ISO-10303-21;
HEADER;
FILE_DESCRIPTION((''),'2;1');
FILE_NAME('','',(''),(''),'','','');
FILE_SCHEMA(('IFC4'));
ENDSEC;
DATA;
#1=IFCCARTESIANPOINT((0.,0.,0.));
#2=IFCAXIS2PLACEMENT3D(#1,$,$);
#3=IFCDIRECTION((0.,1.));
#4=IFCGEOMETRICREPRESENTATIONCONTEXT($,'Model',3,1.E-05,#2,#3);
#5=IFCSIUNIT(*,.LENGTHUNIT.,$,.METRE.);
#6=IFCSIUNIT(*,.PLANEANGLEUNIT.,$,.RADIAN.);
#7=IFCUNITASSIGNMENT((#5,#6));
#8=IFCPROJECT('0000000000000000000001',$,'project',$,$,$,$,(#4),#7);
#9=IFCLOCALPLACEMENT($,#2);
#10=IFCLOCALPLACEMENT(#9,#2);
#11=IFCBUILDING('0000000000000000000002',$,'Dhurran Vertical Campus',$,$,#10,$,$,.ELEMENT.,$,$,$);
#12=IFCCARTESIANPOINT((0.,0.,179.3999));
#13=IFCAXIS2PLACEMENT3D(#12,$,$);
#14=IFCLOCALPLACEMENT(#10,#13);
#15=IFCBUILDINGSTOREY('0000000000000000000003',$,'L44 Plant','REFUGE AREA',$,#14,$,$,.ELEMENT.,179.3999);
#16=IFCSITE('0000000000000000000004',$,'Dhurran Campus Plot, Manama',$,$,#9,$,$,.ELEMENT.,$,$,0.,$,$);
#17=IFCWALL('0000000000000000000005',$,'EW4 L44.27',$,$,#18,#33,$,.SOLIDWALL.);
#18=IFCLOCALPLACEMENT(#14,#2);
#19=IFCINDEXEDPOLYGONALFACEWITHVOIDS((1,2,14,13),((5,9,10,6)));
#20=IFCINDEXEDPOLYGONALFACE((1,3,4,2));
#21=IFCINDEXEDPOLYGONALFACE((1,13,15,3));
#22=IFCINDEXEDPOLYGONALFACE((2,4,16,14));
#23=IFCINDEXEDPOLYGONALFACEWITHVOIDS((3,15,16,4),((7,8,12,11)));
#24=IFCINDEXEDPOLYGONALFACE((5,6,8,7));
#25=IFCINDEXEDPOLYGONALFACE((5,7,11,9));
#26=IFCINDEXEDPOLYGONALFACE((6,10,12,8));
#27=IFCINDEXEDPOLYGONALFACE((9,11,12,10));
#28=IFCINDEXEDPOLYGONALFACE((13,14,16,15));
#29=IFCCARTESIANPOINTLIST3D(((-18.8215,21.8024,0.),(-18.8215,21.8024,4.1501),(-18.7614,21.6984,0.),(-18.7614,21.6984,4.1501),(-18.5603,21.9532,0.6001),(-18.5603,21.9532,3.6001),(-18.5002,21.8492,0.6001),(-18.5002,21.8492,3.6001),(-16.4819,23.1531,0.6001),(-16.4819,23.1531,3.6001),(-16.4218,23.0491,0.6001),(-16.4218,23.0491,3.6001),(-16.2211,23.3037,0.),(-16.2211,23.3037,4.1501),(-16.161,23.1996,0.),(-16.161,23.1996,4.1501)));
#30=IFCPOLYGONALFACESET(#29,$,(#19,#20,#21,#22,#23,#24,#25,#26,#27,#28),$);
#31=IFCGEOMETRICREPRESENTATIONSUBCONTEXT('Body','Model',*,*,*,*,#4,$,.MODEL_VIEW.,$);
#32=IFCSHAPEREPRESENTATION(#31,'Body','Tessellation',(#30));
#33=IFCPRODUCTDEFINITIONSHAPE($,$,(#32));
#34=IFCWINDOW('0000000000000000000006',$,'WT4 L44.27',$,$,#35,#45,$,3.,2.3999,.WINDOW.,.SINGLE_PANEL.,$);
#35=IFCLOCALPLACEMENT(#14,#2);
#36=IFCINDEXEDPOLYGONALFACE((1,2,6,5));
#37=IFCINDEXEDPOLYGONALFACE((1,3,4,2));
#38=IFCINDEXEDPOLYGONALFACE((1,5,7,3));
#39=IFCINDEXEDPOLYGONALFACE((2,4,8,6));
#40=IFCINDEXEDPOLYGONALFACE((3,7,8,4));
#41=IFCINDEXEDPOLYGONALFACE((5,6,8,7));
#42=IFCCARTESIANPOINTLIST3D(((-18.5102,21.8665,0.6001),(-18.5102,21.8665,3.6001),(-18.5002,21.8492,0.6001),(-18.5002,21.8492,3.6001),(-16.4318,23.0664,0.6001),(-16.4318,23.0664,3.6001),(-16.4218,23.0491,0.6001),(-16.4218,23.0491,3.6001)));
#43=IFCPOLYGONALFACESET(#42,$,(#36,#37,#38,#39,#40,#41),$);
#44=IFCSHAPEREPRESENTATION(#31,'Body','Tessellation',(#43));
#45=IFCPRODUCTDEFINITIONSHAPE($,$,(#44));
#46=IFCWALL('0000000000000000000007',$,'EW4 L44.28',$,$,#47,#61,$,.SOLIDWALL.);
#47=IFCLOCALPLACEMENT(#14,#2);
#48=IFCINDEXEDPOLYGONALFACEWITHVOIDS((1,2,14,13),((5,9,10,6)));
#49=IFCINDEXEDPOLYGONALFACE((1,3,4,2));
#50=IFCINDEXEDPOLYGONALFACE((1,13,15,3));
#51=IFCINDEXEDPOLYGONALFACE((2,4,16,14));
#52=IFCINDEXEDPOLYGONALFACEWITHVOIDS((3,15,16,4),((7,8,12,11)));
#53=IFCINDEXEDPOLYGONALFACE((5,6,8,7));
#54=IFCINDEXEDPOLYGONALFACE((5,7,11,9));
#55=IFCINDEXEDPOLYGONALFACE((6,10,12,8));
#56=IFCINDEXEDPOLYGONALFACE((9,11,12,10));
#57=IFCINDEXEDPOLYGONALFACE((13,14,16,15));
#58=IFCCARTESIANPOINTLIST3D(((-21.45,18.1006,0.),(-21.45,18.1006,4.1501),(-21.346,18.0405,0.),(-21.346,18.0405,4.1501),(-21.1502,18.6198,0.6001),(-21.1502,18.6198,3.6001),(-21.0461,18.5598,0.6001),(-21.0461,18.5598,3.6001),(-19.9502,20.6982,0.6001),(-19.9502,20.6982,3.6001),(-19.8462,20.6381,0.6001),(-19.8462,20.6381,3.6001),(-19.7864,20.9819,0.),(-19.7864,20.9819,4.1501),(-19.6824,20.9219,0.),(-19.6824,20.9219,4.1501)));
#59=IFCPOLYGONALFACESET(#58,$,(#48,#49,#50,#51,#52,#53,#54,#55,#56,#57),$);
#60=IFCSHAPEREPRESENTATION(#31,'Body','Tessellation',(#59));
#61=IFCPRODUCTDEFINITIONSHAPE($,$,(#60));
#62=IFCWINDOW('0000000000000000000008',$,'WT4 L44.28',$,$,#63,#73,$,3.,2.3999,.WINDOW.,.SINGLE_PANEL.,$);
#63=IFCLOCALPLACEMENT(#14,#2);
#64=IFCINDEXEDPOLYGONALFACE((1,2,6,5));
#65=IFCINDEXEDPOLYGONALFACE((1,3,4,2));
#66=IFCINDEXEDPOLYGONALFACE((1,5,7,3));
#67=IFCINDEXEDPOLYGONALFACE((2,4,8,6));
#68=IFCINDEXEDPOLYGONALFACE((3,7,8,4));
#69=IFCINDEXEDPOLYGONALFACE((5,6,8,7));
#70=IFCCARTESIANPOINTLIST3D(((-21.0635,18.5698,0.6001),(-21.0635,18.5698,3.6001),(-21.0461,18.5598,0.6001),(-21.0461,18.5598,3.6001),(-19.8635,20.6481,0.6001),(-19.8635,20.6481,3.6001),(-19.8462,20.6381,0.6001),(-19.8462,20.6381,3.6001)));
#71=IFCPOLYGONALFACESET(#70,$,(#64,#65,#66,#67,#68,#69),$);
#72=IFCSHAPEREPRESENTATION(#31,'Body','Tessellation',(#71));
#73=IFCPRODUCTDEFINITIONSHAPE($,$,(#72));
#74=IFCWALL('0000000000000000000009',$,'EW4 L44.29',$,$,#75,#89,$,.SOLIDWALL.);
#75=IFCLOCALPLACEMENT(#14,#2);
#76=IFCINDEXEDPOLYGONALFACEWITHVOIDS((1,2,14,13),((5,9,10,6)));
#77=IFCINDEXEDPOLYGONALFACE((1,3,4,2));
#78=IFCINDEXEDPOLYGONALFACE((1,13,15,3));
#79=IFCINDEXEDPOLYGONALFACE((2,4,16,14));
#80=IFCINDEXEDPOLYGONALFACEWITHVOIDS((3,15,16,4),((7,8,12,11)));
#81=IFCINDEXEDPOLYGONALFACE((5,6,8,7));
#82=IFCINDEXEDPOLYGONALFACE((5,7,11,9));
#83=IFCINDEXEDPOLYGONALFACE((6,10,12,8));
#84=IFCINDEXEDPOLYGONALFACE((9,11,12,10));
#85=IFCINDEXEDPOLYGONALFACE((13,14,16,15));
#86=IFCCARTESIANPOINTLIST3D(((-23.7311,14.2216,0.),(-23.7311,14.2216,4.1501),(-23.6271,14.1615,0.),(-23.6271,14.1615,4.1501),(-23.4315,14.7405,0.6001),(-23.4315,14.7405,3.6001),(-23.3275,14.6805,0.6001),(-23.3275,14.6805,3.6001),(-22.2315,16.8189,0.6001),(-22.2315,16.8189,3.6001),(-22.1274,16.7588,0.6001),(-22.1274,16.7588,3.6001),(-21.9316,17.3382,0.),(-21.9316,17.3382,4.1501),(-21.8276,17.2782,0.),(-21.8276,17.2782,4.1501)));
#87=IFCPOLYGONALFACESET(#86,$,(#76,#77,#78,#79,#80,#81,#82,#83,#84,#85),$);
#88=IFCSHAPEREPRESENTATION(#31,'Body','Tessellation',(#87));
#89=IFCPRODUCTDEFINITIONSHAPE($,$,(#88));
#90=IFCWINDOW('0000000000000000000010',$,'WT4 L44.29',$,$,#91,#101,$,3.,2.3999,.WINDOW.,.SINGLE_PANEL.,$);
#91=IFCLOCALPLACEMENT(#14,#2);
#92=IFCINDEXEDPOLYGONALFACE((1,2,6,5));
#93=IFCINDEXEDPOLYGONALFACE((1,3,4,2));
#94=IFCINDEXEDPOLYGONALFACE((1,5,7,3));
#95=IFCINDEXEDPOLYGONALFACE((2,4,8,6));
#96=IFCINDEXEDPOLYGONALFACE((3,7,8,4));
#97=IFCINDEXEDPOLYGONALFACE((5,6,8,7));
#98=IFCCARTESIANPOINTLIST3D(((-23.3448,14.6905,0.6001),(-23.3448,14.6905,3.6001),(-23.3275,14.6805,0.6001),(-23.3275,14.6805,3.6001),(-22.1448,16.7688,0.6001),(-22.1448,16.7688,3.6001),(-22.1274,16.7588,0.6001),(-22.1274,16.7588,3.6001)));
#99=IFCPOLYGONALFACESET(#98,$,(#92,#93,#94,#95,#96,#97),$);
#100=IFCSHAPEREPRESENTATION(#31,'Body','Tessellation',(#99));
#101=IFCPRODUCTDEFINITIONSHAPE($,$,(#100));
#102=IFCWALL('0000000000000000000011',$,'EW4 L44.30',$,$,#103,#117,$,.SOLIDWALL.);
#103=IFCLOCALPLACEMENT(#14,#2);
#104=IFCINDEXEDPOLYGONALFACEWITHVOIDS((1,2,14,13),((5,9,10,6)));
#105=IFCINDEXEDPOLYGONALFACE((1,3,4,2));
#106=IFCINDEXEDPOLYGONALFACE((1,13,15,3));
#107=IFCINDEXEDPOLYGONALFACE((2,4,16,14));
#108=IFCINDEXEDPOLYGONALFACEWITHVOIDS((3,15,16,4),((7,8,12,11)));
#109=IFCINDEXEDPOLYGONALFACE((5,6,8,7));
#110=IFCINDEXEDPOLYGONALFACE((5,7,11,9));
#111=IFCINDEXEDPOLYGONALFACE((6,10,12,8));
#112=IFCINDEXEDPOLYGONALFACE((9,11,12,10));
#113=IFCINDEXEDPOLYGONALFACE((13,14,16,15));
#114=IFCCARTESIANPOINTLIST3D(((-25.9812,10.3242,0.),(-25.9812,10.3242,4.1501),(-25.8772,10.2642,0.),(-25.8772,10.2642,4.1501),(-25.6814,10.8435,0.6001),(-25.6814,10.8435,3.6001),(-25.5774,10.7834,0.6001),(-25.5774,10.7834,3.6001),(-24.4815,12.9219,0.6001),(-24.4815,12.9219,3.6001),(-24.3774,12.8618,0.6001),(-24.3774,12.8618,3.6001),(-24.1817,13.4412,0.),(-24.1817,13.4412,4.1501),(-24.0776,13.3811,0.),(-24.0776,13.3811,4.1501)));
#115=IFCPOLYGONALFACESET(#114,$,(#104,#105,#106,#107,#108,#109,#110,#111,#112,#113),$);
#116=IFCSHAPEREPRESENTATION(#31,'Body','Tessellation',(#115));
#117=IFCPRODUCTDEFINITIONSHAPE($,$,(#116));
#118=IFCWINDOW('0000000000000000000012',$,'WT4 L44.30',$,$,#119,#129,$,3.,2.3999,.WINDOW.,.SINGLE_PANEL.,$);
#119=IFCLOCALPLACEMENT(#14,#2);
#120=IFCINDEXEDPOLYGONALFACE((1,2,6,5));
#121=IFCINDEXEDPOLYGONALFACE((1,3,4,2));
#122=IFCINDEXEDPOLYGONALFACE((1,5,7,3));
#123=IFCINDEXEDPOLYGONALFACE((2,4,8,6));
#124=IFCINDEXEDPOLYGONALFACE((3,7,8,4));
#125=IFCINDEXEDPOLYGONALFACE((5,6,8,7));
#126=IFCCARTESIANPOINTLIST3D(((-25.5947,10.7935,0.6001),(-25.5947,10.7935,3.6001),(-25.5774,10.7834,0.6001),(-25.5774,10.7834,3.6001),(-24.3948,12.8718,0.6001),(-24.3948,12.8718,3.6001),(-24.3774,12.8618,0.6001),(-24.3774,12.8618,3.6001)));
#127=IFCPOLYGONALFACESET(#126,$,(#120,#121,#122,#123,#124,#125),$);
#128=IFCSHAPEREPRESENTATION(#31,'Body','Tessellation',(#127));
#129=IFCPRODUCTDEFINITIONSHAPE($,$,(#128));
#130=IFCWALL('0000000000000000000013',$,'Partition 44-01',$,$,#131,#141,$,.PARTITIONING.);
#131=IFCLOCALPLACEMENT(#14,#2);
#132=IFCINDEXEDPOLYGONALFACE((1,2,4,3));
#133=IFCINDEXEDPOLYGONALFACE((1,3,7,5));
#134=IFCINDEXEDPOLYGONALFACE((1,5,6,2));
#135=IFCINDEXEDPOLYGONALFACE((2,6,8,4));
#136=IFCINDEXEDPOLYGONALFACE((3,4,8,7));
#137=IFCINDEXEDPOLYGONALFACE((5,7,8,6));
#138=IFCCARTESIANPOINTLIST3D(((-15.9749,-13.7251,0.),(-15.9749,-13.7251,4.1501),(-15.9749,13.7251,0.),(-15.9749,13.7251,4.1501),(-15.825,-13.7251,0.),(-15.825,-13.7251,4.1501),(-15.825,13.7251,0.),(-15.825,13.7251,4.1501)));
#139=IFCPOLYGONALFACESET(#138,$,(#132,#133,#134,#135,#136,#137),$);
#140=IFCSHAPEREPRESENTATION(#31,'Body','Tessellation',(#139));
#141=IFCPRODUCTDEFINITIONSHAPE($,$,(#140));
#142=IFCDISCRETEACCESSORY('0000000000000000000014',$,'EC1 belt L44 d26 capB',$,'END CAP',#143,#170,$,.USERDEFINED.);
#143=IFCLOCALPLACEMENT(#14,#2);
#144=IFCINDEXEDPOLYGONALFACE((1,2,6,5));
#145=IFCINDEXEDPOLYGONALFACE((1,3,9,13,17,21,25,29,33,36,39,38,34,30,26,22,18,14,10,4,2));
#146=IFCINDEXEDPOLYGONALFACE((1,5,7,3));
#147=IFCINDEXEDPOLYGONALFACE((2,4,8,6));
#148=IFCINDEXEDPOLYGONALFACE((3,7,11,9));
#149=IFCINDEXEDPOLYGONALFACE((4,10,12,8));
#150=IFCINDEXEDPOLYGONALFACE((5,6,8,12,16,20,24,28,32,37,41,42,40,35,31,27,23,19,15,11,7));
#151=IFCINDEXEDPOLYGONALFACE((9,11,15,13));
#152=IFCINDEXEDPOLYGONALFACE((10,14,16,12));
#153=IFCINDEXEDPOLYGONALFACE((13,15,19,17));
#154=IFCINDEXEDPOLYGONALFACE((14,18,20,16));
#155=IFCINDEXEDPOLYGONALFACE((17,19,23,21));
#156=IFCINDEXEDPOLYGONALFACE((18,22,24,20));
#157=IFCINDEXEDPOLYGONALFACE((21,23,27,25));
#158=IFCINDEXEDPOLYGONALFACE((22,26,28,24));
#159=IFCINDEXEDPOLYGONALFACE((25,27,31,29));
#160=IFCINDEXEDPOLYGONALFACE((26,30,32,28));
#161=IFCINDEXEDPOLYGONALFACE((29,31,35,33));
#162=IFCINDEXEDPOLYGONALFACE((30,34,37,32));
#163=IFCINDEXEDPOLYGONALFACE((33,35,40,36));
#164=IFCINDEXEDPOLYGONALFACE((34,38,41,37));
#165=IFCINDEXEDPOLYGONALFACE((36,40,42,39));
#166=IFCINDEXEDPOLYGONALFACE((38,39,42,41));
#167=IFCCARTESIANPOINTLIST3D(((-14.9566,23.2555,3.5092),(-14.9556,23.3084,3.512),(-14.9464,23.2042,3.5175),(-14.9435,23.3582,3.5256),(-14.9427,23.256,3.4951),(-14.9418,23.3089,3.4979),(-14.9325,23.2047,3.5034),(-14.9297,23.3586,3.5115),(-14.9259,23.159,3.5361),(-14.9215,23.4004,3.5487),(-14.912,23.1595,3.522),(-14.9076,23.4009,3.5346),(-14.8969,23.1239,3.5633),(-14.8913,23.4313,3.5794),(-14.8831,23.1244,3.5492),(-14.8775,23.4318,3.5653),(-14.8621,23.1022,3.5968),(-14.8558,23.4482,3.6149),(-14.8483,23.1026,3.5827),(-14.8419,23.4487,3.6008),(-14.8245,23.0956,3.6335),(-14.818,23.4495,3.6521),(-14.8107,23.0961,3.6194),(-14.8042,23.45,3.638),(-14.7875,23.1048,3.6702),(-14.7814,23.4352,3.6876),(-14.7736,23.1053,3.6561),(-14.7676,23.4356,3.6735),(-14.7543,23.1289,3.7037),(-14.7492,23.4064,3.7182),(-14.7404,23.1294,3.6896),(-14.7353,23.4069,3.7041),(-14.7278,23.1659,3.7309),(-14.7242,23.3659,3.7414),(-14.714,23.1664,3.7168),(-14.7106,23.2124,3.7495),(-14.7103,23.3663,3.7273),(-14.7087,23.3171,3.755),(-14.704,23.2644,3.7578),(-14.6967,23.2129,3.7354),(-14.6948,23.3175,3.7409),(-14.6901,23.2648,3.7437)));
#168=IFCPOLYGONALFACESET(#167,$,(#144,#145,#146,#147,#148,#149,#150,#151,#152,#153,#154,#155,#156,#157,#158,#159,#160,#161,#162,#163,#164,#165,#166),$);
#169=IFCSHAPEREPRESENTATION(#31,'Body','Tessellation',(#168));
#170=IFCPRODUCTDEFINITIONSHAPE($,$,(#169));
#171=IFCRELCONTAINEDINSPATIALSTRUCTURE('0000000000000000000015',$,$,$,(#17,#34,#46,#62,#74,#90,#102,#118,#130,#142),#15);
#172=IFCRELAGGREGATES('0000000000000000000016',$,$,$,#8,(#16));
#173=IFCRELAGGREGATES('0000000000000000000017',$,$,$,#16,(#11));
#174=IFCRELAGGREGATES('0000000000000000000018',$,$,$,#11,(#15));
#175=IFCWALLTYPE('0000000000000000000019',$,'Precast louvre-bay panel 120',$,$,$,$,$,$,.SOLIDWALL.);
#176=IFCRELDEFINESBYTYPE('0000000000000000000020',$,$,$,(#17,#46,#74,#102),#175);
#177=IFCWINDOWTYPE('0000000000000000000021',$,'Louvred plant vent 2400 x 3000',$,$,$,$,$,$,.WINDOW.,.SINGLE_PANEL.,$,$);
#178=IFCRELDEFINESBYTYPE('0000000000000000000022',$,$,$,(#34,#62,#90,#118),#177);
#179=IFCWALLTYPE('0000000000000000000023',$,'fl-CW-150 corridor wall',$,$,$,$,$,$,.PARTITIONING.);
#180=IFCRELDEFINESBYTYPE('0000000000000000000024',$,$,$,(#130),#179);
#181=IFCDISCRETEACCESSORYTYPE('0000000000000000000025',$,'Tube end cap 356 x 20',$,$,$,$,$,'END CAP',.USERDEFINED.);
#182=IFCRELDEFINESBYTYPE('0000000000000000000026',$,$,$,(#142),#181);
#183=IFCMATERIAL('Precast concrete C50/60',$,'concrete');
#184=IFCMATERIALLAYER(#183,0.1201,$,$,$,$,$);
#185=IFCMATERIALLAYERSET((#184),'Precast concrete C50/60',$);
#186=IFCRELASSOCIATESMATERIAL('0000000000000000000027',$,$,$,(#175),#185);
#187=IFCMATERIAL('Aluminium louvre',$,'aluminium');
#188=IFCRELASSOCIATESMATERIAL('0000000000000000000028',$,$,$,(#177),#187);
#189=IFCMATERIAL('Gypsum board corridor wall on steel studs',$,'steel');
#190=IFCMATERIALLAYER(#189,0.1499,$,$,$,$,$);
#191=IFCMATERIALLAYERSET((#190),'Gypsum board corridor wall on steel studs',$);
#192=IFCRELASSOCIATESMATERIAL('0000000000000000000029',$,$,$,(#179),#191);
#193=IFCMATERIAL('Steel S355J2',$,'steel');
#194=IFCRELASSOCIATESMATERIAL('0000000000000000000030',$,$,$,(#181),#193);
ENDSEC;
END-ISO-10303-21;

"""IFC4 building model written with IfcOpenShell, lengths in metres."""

from ifc_helpers import new_model, si_unit, direction, frame, frame_2d, origin, origin_2d, place, context, subcontext, project, spatial, rectangle, circle, extrude, material, layer, layer_set, material_profile, profile_set, type_object, element, fill, save


model = new_model("IFC4")

# Units and contexts
model_context = context("Model", 3, precision=1e-05, world=origin(), true_north=direction((0.0, 1.0)))
body_context = subcontext(model_context, "Body", "Model", "MODEL_VIEW")
ifc_project = project(units=[si_unit("LENGTHUNIT", "METRE"), si_unit("PLANEANGLEUNIT", "RADIAN")], contexts=[model_context])

# Site, building, storey
site_placement = place(None, origin())
site = spatial("IfcSite", under=ifc_project, at=site_placement, Name="Dhurran Campus Plot, Manama", CompositionType="ELEMENT", RefElevation=0.0)
building_placement = place(site_placement, origin())
building = spatial("IfcBuilding", under=site, at=building_placement, Name="Dhurran Vertical Campus", CompositionType="ELEMENT")
storey_placement = place(building_placement, frame((0.0, 0.0, 179.3999)))
storey = spatial("IfcBuildingStorey", under=building, at=storey_placement, Name="L44 Plant", Description="REFUGE AREA", CompositionType="ELEMENT", Elevation=179.3999)

# Walls, openings, windows
ifc_material_1 = material(Name="Precast concrete C50/60", Category="concrete")
ifc_layer_1 = layer(ifc_material_1, 0.1201)
ifc_layer_set_1 = layer_set([ifc_layer_1], Name="Precast concrete C50/60")
wall_type_1 = type_object("IfcWallType", Name="Precast louvre-bay panel 120", PredefinedType="SOLIDWALL", material=ifc_layer_set_1)
wall_1_placement = place(storey_placement, frame((-16.1909, 23.2517, 0.0), z_axis=(0.0, 0.0, 1.0), x_axis=(-0.866038, -0.499978, 0.0)))
wall_1 = element("IfcWall", 1, at=wall_1_placement, inside=storey, type_object=wall_type_1, Name="EW4 L44.27", PredefinedType="SOLIDWALL", context=body_context, shape_type="SweptSolid", body=[
    extrude(rectangle(XDim=3.0027, YDim=0.1201, at=frame_2d((1.5015, 0.0))), origin(), (0.0, 0.0, 1.0), 4.1501),
])
opening_1_placement = place(wall_1_placement, frame((0.3013, 0.0, 0.6001)))
opening_1 = element("IfcOpeningElement", 2, at=opening_1_placement, cuts=wall_1, PredefinedType="OPENING", context=body_context, shape_type="SweptSolid", body=[
    extrude(rectangle(XDim=2.3999, YDim=3.0, at=frame_2d((1.2, 1.5))), frame((0.0, 0.0701, 0.0), z_axis=(0.0, -1.0, 0.0), x_axis=(1.0, 0.0, 0.0)), (0.0, 0.0, 1.0), 0.1401),
])
ifc_material_2 = material(Name="Aluminium louvre", Category="aluminium")
window_type = type_object("IfcWindowType", Name="Louvred plant vent 2400 x 3000", PartitioningType="SINGLE_PANEL", PredefinedType="WINDOW", material=ifc_material_2)
window_1_placement = place(opening_1_placement, origin())
window_1 = element("IfcWindow", 3, at=window_1_placement, inside=storey, type_object=window_type, Name="WT4 L44.27", OverallHeight=3.0, OverallWidth=2.3999, PartitioningType="SINGLE_PANEL", PredefinedType="WINDOW", context=body_context, shape_type="SweptSolid", body=[
    extrude(rectangle(XDim=2.3999, YDim=3.0, at=frame_2d((1.2, 1.5))), frame((0.0, 0.0601, 0.0), z_axis=(0.0, -1.0, 0.0), x_axis=(1.0, 0.0, 0.0)), (0.0, 0.0, 1.0), 0.02),
])
fill(opening_1, window_1)
wall_2_placement = place(storey_placement, frame((-19.7344, 20.9519, 0.0), z_axis=(0.0, 0.0, 1.0), x_axis=(-0.500006, -0.866022, 0.0)))
wall_2 = element("IfcWall", 4, at=wall_2_placement, inside=storey, type_object=wall_type_1, Name="EW4 L44.28", PredefinedType="SOLIDWALL", context=body_context, shape_type="SweptSolid", body=[
    extrude(rectangle(XDim=3.3271, YDim=0.1201, at=frame_2d((1.6636, 0.0))), origin(), (0.0, 0.0, 1.0), 4.1501),
])
opening_2_placement = place(wall_2_placement, frame((0.3276, 0.0, 0.6001)))
opening_2 = element("IfcOpeningElement", 5, at=opening_2_placement, cuts=wall_2, PredefinedType="OPENING", context=body_context, shape_type="SweptSolid", body=[
    extrude(rectangle(XDim=2.3999, YDim=3.0, at=frame_2d((1.2, 1.5))), frame((0.0, 0.0701, 0.0), z_axis=(0.0, -1.0, 0.0), x_axis=(1.0, 0.0, 0.0)), (0.0, 0.0, 1.0), 0.1401),
])
window_2_placement = place(opening_2_placement, origin())
window_2 = element("IfcWindow", 6, at=window_2_placement, inside=storey, type_object=window_type, Name="WT4 L44.28", OverallHeight=3.0, OverallWidth=2.3999, PartitioningType="SINGLE_PANEL", PredefinedType="WINDOW", context=body_context, shape_type="SweptSolid", body=[
    extrude(rectangle(XDim=2.3999, YDim=3.0, at=frame_2d((1.2, 1.5))), frame((0.0, 0.0601, 0.0), z_axis=(0.0, -1.0, 0.0), x_axis=(1.0, 0.0, 0.0)), (0.0, 0.0, 1.0), 0.02),
])
fill(opening_2, window_2)
wall_3_placement = place(storey_placement, frame((-21.8796, 17.3081, 0.0), z_axis=(0.0, 0.0, 1.0), x_axis=(-0.500028, -0.866009, 0.0)))
wall_3 = element("IfcWall", 7, at=wall_3_placement, inside=storey, type_object=wall_type_1, Name="EW4 L44.29", PredefinedType="SOLIDWALL", context=body_context, shape_type="SweptSolid", body=[
    extrude(rectangle(XDim=3.5989, YDim=0.1201, at=frame_2d((1.7993, 0.0))), origin(), (0.0, 0.0, 1.0), 4.1501),
])
opening_3_placement = place(wall_3_placement, frame((0.5996, 0.0, 0.6001)))
opening_3 = element("IfcOpeningElement", 8, at=opening_3_placement, cuts=wall_3, PredefinedType="OPENING", context=body_context, shape_type="SweptSolid", body=[
    extrude(rectangle(XDim=2.3999, YDim=3.0, at=frame_2d((1.2, 1.5))), frame((0.0, 0.0701, 0.0), z_axis=(0.0, -1.0, 0.0), x_axis=(1.0, 0.0, 0.0)), (0.0, 0.0, 1.0), 0.1401),
])
window_3_placement = place(opening_3_placement, origin())
window_3 = element("IfcWindow", 9, at=window_3_placement, inside=storey, type_object=window_type, Name="WT4 L44.29", OverallHeight=3.0, OverallWidth=2.3999, PartitioningType="SINGLE_PANEL", PredefinedType="WINDOW", context=body_context, shape_type="SweptSolid", body=[
    extrude(rectangle(XDim=2.3999, YDim=3.0, at=frame_2d((1.2, 1.5))), frame((0.0, 0.0601, 0.0), z_axis=(0.0, -1.0, 0.0), x_axis=(1.0, 0.0, 0.0)), (0.0, 0.0, 1.0), 0.02),
])
fill(opening_3, window_3)
wall_4_placement = place(storey_placement, frame((-24.1296, 13.4111, 0.0), z_axis=(0.0, 0.0, 1.0), x_axis=(-0.499998, -0.866026, 0.0)))
wall_4 = element("IfcWall", 10, at=wall_4_placement, inside=storey, type_object=wall_type_1, Name="EW4 L44.30", PredefinedType="SOLIDWALL", context=body_context, shape_type="SweptSolid", body=[
    extrude(rectangle(XDim=3.5991, YDim=0.1201, at=frame_2d((1.7996, 0.0))), origin(), (0.0, 0.0, 1.0), 4.1501),
])
opening_4_placement = place(wall_4_placement, frame((0.5996, 0.0, 0.6001)))
opening_4 = element("IfcOpeningElement", 11, at=opening_4_placement, cuts=wall_4, PredefinedType="OPENING", context=body_context, shape_type="SweptSolid", body=[
    extrude(rectangle(XDim=2.3999, YDim=3.0, at=frame_2d((1.2, 1.5))), frame((0.0, 0.0701, 0.0), z_axis=(0.0, -1.0, 0.0), x_axis=(1.0, 0.0, 0.0)), (0.0, 0.0, 1.0), 0.1401),
])
window_4_placement = place(opening_4_placement, origin())
window_4 = element("IfcWindow", 12, at=window_4_placement, inside=storey, type_object=window_type, Name="WT4 L44.30", OverallHeight=3.0, OverallWidth=2.3999, PartitioningType="SINGLE_PANEL", PredefinedType="WINDOW", context=body_context, shape_type="SweptSolid", body=[
    extrude(rectangle(XDim=2.3999, YDim=3.0, at=frame_2d((1.2, 1.5))), frame((0.0, 0.0601, 0.0), z_axis=(0.0, -1.0, 0.0), x_axis=(1.0, 0.0, 0.0)), (0.0, 0.0, 1.0), 0.02),
])
fill(opening_4, window_4)

# Wall
ifc_material_3 = material(Name="Gypsum board corridor wall on steel studs", Category="steel")
ifc_layer_2 = layer(ifc_material_3, 0.1499)
ifc_layer_set_2 = layer_set([ifc_layer_2], Name="Gypsum board corridor wall on steel studs")
wall_type_2 = type_object("IfcWallType", Name="fl-CW-150 corridor wall", PredefinedType="PARTITIONING", material=ifc_layer_set_2)
wall_5_placement = place(storey_placement, frame((-15.8999, 13.7251, 0.0), z_axis=(0.0, 0.0, 1.0), x_axis=(0.0, -1.0, 0.0)))
element("IfcWall", 13, at=wall_5_placement, inside=storey, type_object=wall_type_2, Name="Partition 44-01", PredefinedType="PARTITIONING", context=body_context, shape_type="SweptSolid", body=[
    extrude(rectangle(XDim=27.4502, YDim=0.1499, at=frame_2d((13.7251, 0.0))), origin(), (0.0, 0.0, 1.0), 4.1501),
])

# Discrete accessory
ifc_material_4 = material(Name="Steel S355J2", Category="steel")
ifc_material_profile_1 = material_profile(ifc_material_4, circle(Radius=0.1777, at=origin_2d()), Name="Tube end cap 356 x 20")
ifc_profile_set_1 = profile_set([ifc_material_profile_1], Name="Steel S355J2")
discrete_accessory_type = type_object("IfcDiscreteAccessoryType", Name="Tube end cap 356 x 20", ElementType="END CAP", PredefinedType="USERDEFINED", material=ifc_profile_set_1)
for number, where, z_axis, x_axis, name in (
    (14, (-14.8169, 23.2737, 3.6194), (-0.70072, -0.024587, 0.713013), (0.035066, -0.999385, 0.0), "EC1 belt L44 d26 capB"),
):
    element("IfcDiscreteAccessory", number, at=place(storey_placement, frame(where, z_axis=z_axis, x_axis=x_axis)), inside=storey, type_object=discrete_accessory_type, Name=name, ObjectType="END CAP", PredefinedType="USERDEFINED", context=body_context, shape_type="SweptSolid", body=[
        extrude(circle(Radius=0.1777, at=origin_2d()), origin(), (0.0, 0.0, 1.0), 0.0198),
    ])

save(model, "model.ifc")
